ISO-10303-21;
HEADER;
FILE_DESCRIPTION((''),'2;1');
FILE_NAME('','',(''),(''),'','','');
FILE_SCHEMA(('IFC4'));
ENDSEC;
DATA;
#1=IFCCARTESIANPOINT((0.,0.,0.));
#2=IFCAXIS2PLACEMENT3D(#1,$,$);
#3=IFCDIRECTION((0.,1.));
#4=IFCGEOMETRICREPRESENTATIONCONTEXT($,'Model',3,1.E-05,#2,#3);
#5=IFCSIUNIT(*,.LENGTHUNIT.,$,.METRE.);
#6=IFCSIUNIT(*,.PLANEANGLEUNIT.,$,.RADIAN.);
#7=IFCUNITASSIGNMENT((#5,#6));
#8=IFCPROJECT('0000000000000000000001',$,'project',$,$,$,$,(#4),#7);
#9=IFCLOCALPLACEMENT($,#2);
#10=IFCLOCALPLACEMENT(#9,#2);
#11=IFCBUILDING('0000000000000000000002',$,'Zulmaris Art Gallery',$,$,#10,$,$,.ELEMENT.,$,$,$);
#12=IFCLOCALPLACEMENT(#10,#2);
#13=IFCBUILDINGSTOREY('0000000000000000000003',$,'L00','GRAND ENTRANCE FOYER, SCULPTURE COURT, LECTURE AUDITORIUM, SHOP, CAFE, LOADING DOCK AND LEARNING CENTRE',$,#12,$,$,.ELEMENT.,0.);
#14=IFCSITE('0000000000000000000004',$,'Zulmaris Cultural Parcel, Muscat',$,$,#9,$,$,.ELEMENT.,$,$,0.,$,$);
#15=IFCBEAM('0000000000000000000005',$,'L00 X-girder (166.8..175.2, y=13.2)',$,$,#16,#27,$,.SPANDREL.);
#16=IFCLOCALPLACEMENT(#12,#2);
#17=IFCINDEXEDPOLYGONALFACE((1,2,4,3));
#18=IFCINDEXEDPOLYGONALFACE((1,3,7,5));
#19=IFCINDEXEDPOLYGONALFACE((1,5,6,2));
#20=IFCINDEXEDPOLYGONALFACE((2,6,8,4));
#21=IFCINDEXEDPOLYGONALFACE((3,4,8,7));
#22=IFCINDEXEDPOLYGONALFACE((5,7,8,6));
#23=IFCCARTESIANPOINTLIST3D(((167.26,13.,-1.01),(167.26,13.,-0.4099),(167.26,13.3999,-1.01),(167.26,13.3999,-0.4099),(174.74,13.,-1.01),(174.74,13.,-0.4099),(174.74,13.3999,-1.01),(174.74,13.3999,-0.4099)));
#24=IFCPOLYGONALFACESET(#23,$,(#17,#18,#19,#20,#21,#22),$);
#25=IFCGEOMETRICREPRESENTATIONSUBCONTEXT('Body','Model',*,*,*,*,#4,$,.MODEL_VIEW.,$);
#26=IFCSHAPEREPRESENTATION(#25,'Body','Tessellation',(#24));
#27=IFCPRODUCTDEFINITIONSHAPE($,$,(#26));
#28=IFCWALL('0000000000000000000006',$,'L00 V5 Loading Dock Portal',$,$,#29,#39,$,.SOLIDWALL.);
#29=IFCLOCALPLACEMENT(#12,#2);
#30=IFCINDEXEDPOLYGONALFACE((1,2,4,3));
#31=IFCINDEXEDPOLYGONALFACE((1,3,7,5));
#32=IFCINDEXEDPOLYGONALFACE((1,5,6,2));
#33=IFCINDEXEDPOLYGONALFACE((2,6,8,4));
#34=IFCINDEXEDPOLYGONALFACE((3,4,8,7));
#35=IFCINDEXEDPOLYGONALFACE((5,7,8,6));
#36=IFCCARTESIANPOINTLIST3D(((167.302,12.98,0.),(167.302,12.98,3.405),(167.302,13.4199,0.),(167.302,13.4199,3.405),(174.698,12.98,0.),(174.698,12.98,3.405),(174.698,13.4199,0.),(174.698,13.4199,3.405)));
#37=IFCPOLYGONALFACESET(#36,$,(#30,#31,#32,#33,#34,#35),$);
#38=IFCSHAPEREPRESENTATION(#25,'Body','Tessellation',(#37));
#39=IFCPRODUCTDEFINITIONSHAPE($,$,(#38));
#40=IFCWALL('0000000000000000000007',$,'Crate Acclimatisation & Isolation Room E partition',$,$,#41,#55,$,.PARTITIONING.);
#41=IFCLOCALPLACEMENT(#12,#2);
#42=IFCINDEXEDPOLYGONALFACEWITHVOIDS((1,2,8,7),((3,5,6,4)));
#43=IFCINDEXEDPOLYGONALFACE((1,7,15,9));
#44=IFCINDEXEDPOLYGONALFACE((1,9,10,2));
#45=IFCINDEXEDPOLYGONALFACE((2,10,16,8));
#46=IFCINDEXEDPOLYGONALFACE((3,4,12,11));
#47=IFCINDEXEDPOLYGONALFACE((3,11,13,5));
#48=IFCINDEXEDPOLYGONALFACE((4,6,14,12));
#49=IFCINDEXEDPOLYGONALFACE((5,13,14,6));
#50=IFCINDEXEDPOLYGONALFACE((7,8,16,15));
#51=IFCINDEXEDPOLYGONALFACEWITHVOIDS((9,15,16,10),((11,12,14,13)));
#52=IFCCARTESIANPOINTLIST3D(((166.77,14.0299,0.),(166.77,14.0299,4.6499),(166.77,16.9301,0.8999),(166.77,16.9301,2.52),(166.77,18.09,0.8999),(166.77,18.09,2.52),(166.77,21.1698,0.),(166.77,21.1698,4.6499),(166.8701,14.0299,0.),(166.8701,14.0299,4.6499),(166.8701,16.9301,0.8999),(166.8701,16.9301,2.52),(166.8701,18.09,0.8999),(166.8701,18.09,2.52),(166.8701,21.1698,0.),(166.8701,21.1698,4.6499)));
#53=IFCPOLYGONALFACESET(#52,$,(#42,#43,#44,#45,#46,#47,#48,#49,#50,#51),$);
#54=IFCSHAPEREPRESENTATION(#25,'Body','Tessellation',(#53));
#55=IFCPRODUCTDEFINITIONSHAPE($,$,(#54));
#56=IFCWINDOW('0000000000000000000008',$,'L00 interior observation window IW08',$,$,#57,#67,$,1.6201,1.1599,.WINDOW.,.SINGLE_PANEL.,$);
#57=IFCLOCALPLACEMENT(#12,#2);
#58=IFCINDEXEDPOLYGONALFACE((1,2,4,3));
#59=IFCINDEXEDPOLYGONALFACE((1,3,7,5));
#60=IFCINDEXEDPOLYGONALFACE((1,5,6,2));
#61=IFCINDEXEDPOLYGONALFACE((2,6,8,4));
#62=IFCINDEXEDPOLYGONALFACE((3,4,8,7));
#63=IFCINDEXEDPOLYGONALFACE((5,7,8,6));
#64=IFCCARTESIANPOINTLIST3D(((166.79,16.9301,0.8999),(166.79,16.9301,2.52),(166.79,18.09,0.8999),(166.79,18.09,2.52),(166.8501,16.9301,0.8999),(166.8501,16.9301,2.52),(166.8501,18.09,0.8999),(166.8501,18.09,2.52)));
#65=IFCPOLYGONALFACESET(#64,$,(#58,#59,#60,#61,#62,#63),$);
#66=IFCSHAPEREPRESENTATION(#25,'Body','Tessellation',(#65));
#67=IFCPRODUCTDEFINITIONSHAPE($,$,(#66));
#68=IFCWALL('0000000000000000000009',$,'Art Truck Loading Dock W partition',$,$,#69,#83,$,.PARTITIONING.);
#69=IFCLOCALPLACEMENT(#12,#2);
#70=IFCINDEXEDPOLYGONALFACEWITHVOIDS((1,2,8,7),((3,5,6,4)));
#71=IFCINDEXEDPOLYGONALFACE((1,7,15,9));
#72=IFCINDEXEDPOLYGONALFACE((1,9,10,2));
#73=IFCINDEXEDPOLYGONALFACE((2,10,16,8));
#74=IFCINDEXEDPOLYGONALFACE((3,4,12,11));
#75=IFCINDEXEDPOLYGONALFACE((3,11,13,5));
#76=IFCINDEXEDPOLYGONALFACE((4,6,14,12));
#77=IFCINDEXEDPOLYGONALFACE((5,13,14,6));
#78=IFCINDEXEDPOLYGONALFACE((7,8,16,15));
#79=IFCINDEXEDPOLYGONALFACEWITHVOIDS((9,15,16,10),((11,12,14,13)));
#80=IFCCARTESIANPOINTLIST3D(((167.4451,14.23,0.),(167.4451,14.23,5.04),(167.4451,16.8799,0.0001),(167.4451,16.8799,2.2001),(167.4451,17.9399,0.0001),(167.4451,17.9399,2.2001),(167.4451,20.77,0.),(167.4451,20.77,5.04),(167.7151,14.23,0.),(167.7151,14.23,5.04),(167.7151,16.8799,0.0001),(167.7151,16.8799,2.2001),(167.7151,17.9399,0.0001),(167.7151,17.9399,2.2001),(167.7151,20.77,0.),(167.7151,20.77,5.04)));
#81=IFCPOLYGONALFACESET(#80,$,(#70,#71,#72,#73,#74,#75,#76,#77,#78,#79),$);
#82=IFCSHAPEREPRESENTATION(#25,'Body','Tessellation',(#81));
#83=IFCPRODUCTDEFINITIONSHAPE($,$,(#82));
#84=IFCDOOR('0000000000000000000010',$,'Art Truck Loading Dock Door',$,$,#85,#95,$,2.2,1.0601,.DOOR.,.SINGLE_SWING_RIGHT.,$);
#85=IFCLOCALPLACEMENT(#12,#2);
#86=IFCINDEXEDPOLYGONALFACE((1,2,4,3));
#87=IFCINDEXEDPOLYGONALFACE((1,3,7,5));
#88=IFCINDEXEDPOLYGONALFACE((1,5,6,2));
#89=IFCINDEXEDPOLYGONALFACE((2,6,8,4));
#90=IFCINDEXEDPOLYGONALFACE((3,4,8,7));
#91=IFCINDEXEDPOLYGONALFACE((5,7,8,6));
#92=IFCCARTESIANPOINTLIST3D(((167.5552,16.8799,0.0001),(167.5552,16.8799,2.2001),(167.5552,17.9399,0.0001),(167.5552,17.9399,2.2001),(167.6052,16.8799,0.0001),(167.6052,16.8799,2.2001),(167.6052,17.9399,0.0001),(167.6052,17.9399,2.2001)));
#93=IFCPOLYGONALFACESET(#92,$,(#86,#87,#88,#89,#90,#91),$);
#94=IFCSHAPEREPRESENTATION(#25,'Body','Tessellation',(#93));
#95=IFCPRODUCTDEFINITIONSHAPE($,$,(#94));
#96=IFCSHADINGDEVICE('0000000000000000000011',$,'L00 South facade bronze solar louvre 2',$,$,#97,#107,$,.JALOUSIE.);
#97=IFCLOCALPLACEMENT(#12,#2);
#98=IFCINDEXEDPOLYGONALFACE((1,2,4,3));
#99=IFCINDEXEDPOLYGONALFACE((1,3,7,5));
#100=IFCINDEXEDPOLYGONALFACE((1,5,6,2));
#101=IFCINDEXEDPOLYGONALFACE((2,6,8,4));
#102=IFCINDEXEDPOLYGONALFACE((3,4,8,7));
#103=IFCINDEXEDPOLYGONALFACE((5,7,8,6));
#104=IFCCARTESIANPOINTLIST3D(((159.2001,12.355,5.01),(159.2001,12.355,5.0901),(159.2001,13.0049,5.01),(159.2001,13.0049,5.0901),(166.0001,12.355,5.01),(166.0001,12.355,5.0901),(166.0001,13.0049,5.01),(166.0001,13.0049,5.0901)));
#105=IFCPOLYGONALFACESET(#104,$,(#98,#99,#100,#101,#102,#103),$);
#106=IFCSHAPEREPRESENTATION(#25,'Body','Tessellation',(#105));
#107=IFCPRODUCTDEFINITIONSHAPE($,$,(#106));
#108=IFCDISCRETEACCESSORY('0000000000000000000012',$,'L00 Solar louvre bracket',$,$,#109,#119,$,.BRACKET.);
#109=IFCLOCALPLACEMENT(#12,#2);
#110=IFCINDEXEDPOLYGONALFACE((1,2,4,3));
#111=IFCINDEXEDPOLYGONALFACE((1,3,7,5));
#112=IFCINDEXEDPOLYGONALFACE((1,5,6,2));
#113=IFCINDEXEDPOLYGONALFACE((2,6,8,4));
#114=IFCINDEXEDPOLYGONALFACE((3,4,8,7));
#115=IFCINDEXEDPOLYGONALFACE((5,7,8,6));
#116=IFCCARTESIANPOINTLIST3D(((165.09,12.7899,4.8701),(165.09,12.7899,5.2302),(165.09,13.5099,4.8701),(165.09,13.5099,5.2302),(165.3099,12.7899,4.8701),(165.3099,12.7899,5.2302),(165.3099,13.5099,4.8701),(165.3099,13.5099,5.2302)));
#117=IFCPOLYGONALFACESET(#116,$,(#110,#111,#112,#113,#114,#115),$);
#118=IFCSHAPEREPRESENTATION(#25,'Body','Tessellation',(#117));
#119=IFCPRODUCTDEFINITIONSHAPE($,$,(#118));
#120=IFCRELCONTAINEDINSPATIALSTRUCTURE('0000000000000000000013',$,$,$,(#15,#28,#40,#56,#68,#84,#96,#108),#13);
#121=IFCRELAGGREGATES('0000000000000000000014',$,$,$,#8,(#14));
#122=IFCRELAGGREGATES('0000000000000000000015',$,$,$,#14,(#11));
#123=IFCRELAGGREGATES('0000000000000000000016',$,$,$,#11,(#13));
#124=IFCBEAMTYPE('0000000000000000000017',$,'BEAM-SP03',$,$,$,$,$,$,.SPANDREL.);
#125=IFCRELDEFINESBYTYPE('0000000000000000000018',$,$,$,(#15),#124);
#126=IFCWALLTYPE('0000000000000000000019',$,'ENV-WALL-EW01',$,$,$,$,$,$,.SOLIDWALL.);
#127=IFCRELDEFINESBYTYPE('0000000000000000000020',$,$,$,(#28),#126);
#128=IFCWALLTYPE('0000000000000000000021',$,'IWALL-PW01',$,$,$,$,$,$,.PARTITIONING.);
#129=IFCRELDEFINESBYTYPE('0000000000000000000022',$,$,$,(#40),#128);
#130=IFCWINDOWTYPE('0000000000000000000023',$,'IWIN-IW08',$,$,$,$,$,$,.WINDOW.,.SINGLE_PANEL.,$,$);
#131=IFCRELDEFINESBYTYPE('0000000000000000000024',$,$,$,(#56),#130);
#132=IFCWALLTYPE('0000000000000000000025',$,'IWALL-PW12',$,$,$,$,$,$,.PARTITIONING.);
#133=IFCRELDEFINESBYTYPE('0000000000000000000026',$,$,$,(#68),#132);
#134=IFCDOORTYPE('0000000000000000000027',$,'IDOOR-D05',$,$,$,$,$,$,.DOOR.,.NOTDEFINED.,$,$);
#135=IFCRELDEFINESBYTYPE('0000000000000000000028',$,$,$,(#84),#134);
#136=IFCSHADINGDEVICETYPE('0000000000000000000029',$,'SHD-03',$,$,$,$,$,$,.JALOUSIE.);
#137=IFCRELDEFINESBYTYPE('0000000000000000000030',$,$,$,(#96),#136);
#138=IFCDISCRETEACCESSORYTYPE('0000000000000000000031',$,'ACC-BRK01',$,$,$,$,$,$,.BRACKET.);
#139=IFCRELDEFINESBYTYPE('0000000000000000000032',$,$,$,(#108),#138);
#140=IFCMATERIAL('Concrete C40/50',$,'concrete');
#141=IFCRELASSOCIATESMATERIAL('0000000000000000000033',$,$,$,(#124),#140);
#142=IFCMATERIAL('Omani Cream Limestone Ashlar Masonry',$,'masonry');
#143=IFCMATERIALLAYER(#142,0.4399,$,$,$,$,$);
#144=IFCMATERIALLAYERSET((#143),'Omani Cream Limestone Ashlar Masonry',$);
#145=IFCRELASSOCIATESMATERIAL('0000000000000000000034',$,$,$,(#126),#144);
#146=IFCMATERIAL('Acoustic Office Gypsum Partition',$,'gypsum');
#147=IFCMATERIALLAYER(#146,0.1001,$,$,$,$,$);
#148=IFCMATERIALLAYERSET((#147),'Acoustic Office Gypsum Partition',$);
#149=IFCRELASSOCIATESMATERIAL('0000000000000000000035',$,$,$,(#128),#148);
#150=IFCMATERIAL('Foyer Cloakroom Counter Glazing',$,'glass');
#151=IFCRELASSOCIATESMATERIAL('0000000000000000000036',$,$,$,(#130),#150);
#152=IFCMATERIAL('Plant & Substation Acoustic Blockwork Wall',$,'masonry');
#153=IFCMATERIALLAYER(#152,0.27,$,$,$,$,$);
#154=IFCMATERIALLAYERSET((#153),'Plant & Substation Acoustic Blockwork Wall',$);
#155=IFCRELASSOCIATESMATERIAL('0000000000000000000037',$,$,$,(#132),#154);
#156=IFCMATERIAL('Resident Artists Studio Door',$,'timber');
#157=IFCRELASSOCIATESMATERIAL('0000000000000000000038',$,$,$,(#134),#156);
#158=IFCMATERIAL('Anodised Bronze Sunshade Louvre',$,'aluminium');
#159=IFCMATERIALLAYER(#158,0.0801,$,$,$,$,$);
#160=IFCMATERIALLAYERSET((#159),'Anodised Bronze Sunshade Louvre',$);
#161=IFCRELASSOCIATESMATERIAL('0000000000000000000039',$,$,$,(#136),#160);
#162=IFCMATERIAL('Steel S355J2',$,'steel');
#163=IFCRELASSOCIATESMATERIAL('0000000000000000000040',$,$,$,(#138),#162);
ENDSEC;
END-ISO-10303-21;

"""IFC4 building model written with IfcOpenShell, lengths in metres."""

from ifc_helpers import new_model, si_unit, direction, frame, frame_2d, origin, origin_2d, place, context, subcontext, project, spatial, rectangle, extrude, material, layer, layer_set, material_profile, profile_set, type_object, element, fill, save


model = new_model("IFC4")

# Units and contexts
model_context = context("Model", 3, precision=1e-05, world=origin(), true_north=direction((0.0, 1.0)))
body_context = subcontext(model_context, "Body", "Model", "MODEL_VIEW")
ifc_project = project(units=[si_unit("LENGTHUNIT", "METRE"), si_unit("PLANEANGLEUNIT", "RADIAN")], contexts=[model_context])

# Site, building, storey
site_placement = place(None, origin())
site = spatial("IfcSite", under=ifc_project, at=site_placement, Name="Zulmaris Cultural Parcel, Muscat", CompositionType="ELEMENT", RefElevation=0.0)
building_placement = place(site_placement, origin())
building = spatial("IfcBuilding", under=site, at=building_placement, Name="Zulmaris Art Gallery", CompositionType="ELEMENT")
storey_placement = place(building_placement, origin())
storey = spatial("IfcBuildingStorey", under=building, at=storey_placement, Name="L00", Description="GRAND ENTRANCE FOYER, SCULPTURE COURT, LECTURE AUDITORIUM, SHOP, CAFE, LOADING DOCK AND LEARNING CENTRE", CompositionType="ELEMENT", Elevation=0.0)

# Beam
ifc_material_1 = material(Name="Concrete C40/50", Category="concrete")
ifc_material_2 = material(Name="Steel S355J2", Category="steel")
ifc_material_profile_1 = material_profile(ifc_material_1, rectangle(XDim=0.3999, YDim=0.6001, at=origin_2d()), Name="RC 400x600")
ifc_profile_set_1 = profile_set([ifc_material_profile_1], Name="Concrete C40/50")
beam_type_1 = type_object("IfcBeamType", Name="BEAM-SP03", PredefinedType="SPANDREL", material=ifc_profile_set_1)
beam_1_placement = place(storey_placement, frame((167.26, 13.2, -0.71), z_axis=(1.0, 0.0, 0.0), x_axis=(0.0, 1.0, 0.0)))
element("IfcBeam", 1, at=beam_1_placement, inside=storey, type_object=beam_type_1, Name="L00 X-girder (166.8..175.2, y=13.2)", PredefinedType="SPANDREL", context=body_context, shape_type="SweptSolid", body=[
    extrude(rectangle(XDim=0.3999, YDim=0.6001, at=origin_2d()), origin(), (0.0, 0.0, 1.0), 7.48),
])

# Wall
ifc_material_3 = material(Name="Omani Cream Limestone Ashlar Masonry", Category="masonry")
ifc_layer_1 = layer(ifc_material_3, 0.4399)
ifc_layer_set_1 = layer_set([ifc_layer_1], Name="Omani Cream Limestone Ashlar Masonry")
wall_type_1 = type_object("IfcWallType", Name="ENV-WALL-EW01", PredefinedType="SOLIDWALL", material=ifc_layer_set_1)
wall_1_placement = place(storey_placement, frame((167.302, 13.2, 0.0), z_axis=(0.0, 0.0, 1.0), x_axis=(1.0, 0.0, 0.0)))
element("IfcWall", 2, at=wall_1_placement, inside=storey, type_object=wall_type_1, Name="L00 V5 Loading Dock Portal", PredefinedType="SOLIDWALL", context=body_context, shape_type="SweptSolid", body=[
    extrude(rectangle(XDim=7.396, YDim=0.4399, at=frame_2d((3.698, 0.0))), origin(), (0.0, 0.0, 1.0), 3.405),
])

# Wall, opening, window
ifc_material_4 = material(Name="Acoustic Office Gypsum Partition", Category="gypsum")
ifc_layer_2 = layer(ifc_material_4, 0.1001)
ifc_layer_set_2 = layer_set([ifc_layer_2], Name="Acoustic Office Gypsum Partition")
wall_type_2 = type_object("IfcWallType", Name="IWALL-PW01", PredefinedType="PARTITIONING", material=ifc_layer_set_2)
wall_2_placement = place(storey_placement, frame((166.8201, 14.03, 0.0), z_axis=(0.0, 0.0, 1.0), x_axis=(0.0, 1.0, 0.0)))
wall_2 = element("IfcWall", 3, at=wall_2_placement, inside=storey, type_object=wall_type_2, Name="Crate Acclimatisation & Isolation Room E partition", PredefinedType="PARTITIONING", context=body_context, shape_type="SweptSolid", body=[
    extrude(rectangle(XDim=7.1399, YDim=0.1001, at=frame_2d((3.5698, 0.0))), origin(), (0.0, 0.0, 1.0), 4.6499),
])
opening_1_placement = place(wall_2_placement, frame((2.8999, 0.0, 0.8999)))
opening_1 = element("IfcOpeningElement", 4, at=opening_1_placement, cuts=wall_2, PredefinedType="OPENING", context=body_context, shape_type="SweptSolid", body=[
    extrude(rectangle(XDim=1.1599, YDim=1.6201, at=frame_2d((0.5801, 0.8101))), frame((0.0, 0.0601, 0.0), z_axis=(0.0, -1.0, 0.0), x_axis=(1.0, 0.0, 0.0)), (0.0, 0.0, 1.0), 0.1201),
])
ifc_material_5 = material(Name="Foyer Cloakroom Counter Glazing", Category="glass")
window_type = type_object("IfcWindowType", Name="IWIN-IW08", PartitioningType="SINGLE_PANEL", PredefinedType="WINDOW", material=ifc_material_5)
window_placement = place(opening_1_placement, origin())
window = element("IfcWindow", 5, at=window_placement, inside=storey, type_object=window_type, Name="L00 interior observation window IW08", OverallHeight=1.6201, OverallWidth=1.1599, PartitioningType="SINGLE_PANEL", PredefinedType="WINDOW", context=body_context, shape_type="SweptSolid", body=[
    extrude(rectangle(XDim=1.1599, YDim=1.6201, at=frame_2d((0.5801, 0.8101))), frame((0.0, 0.03, 0.0), z_axis=(0.0, -1.0, 0.0), x_axis=(1.0, 0.0, 0.0)), (0.0, 0.0, 1.0), 0.0601),
])
fill(opening_1, window)

# Wall, opening, door
ifc_material_6 = material(Name="Plant & Substation Acoustic Blockwork Wall", Category="masonry")
ifc_layer_3 = layer(ifc_material_6, 0.27)
ifc_layer_set_3 = layer_set([ifc_layer_3], Name="Plant & Substation Acoustic Blockwork Wall")
wall_type_3 = type_object("IfcWallType", Name="IWALL-PW12", PredefinedType="PARTITIONING", material=ifc_layer_set_3)
wall_3_placement = place(storey_placement, frame((167.5801, 14.23, 0.0), z_axis=(0.0, 0.0, 1.0), x_axis=(0.0, 1.0, 0.0)))
wall_3 = element("IfcWall", 6, at=wall_3_placement, inside=storey, type_object=wall_type_3, Name="Art Truck Loading Dock W partition", PredefinedType="PARTITIONING", context=body_context, shape_type="SweptSolid", body=[
    extrude(rectangle(XDim=6.54, YDim=0.27, at=frame_2d((3.27, 0.0))), origin(), (0.0, 0.0, 1.0), 5.04),
])
opening_2_placement = place(wall_3_placement, frame((2.6499, 0.0, 0.0)))
opening_2 = element("IfcOpeningElement", 7, at=opening_2_placement, cuts=wall_3, PredefinedType="OPENING", context=body_context, shape_type="SweptSolid", body=[
    extrude(rectangle(XDim=1.0601, YDim=2.2, at=frame_2d((0.53, 1.1001))), frame((0.0, 0.145, 0.0), z_axis=(0.0, -1.0, 0.0), x_axis=(1.0, 0.0, 0.0)), (0.0, 0.0, 1.0), 0.29),
])
ifc_material_7 = material(Name="Resident Artists Studio Door", Category="timber")
door_type = type_object("IfcDoorType", Name="IDOOR-D05", OperationType="NOTDEFINED", PredefinedType="DOOR", material=ifc_material_7)
door_placement = place(opening_2_placement, origin())
door = element("IfcDoor", 8, at=door_placement, inside=storey, type_object=door_type, Name="Art Truck Loading Dock Door", OperationType="SINGLE_SWING_RIGHT", OverallHeight=2.2, OverallWidth=1.0601, PredefinedType="DOOR", context=body_context, shape_type="SweptSolid", body=[
    extrude(rectangle(XDim=1.0601, YDim=2.2, at=frame_2d((0.53, 1.1001))), frame((0.0, 0.0249, 0.0), z_axis=(0.0, -1.0, 0.0), x_axis=(1.0, 0.0, 0.0)), (0.0, 0.0, 1.0), 0.05),
])
fill(opening_2, door)

# Shading device
ifc_material_8 = material(Name="Anodised Bronze Sunshade Louvre", Category="aluminium")
ifc_layer_4 = layer(ifc_material_8, 0.0801)
ifc_layer_set_4 = layer_set([ifc_layer_4], Name="Anodised Bronze Sunshade Louvre")
shading_device_type = type_object("IfcShadingDeviceType", Name="SHD-03", PredefinedType="JALOUSIE", material=ifc_layer_set_4)
shading_device_placement = place(storey_placement, frame((162.6001, 12.6799, 5.01), z_axis=(0.0, 0.0, 1.0), x_axis=(1.0, 0.0, 0.0)))
element("IfcShadingDevice", 9, at=shading_device_placement, inside=storey, type_object=shading_device_type, Name="L00 South facade bronze solar louvre 2", PredefinedType="JALOUSIE", context=body_context, shape_type="SweptSolid", body=[
    extrude(rectangle(XDim=6.8, YDim=0.6499, at=origin_2d()), origin(), (0.0, 0.0, 1.0), 0.0801),
])

# Discrete accessory
discrete_accessory_type = type_object("IfcDiscreteAccessoryType", Name="ACC-BRK01", PredefinedType="BRACKET", material=ifc_material_2)
discrete_accessory_placement = place(storey_placement, frame((165.2, 13.1499, 4.8701), z_axis=(0.0, 0.0, 1.0), x_axis=(1.0, 0.0, 0.0)))
element("IfcDiscreteAccessory", 10, at=discrete_accessory_placement, inside=storey, type_object=discrete_accessory_type, Name="L00 Solar louvre bracket", PredefinedType="BRACKET", context=body_context, shape_type="SweptSolid", body=[
    extrude(rectangle(XDim=0.22, YDim=0.72, at=origin_2d()), origin(), (0.0, 0.0, 1.0), 0.3601),
])

save(model, "model.ifc")
